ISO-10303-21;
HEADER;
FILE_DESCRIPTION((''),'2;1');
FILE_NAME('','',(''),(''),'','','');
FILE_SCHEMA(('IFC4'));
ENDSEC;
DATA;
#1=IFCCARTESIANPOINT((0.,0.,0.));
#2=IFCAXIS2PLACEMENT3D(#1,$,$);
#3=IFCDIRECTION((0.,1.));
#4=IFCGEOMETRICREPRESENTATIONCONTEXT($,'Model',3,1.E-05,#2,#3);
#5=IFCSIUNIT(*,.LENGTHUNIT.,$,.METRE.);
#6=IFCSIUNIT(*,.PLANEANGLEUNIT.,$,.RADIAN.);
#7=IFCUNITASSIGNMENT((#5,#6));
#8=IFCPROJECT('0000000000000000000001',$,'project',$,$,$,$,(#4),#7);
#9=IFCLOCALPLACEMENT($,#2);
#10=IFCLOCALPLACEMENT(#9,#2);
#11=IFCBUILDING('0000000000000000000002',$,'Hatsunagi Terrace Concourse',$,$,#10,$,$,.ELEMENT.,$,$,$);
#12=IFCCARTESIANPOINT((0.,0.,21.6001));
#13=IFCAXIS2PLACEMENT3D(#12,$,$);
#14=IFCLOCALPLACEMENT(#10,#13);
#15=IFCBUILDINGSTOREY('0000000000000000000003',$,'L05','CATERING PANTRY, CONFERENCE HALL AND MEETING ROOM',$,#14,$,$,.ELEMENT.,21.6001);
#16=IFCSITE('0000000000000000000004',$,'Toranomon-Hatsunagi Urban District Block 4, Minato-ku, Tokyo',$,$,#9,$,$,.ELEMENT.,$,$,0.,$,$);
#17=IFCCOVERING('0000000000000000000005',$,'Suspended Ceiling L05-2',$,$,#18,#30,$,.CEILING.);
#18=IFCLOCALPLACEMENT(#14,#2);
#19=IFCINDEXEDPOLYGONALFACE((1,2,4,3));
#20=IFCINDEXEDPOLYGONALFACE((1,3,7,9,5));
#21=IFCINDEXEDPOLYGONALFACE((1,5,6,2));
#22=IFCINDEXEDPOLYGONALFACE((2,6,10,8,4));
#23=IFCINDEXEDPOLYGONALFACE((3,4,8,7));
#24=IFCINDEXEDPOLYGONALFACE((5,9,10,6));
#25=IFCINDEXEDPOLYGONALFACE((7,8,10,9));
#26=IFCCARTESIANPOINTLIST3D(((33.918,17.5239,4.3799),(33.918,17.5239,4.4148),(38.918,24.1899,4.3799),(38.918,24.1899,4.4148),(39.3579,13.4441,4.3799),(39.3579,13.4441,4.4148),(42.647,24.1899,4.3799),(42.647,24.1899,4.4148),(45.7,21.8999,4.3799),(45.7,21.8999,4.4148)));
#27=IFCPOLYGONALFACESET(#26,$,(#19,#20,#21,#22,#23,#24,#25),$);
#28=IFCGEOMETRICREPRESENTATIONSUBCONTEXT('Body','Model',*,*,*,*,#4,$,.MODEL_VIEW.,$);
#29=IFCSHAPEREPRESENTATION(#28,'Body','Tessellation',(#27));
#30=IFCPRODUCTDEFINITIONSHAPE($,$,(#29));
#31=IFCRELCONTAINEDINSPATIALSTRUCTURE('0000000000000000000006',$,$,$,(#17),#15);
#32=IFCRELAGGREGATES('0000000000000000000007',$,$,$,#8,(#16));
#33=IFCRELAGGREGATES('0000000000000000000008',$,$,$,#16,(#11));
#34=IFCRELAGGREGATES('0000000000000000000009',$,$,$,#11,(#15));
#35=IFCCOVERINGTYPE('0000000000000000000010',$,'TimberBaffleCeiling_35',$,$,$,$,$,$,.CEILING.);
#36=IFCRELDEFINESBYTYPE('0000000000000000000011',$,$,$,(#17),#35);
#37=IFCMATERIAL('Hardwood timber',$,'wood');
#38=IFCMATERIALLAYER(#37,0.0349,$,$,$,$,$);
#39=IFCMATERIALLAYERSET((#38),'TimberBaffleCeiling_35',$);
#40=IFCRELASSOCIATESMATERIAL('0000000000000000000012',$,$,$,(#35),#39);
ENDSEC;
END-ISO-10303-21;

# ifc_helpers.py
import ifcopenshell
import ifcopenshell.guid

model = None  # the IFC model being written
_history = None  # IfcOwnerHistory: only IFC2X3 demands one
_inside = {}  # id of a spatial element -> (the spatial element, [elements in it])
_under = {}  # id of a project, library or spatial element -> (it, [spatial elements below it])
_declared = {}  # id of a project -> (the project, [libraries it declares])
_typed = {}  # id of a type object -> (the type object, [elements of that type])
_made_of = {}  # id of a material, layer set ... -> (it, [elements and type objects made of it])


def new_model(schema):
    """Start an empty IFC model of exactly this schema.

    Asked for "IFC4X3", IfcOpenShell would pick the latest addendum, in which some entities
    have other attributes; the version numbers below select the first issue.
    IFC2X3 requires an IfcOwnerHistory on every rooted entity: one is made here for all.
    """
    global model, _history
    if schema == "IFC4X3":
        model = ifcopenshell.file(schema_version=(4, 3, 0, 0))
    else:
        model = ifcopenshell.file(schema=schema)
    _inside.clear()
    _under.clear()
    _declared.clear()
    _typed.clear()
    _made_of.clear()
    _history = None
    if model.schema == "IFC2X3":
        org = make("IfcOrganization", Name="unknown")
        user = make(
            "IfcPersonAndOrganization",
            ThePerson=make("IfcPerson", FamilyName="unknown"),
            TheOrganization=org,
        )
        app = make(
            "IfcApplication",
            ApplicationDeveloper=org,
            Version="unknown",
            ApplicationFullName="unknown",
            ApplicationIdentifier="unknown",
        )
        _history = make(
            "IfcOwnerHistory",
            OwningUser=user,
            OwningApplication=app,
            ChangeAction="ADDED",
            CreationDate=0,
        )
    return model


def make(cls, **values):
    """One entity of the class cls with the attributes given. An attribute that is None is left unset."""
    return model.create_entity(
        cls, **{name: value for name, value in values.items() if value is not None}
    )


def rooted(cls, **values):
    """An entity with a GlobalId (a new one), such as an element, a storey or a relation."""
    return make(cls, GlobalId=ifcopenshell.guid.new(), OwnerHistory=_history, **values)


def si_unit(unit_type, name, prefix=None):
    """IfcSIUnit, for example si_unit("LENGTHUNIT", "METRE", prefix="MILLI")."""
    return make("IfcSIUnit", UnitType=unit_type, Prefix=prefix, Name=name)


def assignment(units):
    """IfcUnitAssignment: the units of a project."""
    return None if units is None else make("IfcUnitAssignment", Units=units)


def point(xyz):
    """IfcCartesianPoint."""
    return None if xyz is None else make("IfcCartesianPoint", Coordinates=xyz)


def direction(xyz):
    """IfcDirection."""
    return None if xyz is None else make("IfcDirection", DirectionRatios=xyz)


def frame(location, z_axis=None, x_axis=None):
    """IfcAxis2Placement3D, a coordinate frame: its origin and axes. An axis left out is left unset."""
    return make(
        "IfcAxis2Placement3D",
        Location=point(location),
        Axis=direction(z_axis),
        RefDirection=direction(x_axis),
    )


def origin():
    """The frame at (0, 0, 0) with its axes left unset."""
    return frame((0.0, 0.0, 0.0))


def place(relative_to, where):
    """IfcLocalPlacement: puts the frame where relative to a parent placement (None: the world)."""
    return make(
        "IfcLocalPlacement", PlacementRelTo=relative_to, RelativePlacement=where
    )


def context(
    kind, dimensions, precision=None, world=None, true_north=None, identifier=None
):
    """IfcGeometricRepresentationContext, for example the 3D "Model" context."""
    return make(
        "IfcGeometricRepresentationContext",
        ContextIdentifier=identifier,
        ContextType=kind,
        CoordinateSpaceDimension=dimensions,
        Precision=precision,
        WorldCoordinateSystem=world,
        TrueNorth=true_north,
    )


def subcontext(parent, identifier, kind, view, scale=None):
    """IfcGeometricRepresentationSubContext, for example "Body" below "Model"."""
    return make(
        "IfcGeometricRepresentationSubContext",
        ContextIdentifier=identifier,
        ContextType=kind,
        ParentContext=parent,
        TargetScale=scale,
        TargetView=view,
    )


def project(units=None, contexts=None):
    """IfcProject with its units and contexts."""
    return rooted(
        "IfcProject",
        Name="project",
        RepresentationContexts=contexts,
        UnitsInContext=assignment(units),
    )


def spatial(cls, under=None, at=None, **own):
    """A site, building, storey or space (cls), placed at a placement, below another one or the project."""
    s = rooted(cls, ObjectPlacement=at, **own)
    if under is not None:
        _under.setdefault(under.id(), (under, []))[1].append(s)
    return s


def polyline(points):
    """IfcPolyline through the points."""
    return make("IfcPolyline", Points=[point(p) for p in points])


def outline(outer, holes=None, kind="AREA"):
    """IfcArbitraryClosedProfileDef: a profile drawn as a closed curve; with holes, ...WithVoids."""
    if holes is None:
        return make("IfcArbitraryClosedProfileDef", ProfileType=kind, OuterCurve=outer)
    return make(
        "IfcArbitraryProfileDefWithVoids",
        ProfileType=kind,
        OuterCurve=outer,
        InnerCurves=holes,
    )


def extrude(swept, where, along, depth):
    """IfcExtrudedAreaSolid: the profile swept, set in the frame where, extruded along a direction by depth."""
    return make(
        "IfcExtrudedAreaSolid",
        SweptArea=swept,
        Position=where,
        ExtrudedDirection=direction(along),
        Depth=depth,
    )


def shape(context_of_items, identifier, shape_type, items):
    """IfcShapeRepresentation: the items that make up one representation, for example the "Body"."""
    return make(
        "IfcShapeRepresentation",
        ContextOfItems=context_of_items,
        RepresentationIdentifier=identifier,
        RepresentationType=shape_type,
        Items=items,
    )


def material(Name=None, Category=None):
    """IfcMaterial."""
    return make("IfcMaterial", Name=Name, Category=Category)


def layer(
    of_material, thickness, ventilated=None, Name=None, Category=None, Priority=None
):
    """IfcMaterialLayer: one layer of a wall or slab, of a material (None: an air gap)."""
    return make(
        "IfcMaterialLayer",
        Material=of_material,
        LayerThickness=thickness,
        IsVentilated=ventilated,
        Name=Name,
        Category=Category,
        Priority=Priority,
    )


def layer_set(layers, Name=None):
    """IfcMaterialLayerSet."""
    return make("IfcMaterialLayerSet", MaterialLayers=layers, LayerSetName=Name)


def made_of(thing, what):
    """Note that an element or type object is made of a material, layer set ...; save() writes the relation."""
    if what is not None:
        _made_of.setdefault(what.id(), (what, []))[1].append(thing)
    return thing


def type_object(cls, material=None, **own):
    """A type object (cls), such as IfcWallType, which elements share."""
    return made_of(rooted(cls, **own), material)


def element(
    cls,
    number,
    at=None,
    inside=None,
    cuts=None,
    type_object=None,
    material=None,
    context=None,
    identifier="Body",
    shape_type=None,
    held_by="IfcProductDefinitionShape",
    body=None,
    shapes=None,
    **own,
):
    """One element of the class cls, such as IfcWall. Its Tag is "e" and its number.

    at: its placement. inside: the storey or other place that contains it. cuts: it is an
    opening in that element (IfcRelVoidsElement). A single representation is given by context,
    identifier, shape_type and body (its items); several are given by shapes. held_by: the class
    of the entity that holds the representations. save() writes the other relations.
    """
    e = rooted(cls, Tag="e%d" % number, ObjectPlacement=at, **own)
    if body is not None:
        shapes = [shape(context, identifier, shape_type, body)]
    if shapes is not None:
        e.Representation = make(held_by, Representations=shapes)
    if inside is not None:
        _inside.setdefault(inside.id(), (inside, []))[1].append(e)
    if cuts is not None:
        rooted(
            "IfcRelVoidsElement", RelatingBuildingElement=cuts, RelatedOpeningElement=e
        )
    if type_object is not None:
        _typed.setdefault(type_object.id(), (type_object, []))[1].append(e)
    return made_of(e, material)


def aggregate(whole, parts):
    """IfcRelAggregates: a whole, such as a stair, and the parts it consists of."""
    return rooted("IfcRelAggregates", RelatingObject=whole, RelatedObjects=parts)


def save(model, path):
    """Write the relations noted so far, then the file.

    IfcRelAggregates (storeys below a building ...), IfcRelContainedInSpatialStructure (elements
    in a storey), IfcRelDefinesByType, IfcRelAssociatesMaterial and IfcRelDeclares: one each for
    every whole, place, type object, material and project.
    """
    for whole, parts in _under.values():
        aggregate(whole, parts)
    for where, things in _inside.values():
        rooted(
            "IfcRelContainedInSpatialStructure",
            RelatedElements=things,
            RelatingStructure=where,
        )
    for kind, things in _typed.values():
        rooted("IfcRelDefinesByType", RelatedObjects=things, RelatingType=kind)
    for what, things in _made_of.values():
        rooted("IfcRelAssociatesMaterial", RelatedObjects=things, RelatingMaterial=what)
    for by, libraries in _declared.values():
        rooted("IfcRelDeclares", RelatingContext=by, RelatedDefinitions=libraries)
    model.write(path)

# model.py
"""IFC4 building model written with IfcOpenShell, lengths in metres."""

from ifc_helpers import new_model, si_unit, direction, frame, origin, place, context, subcontext, project, spatial, polyline, outline, extrude, material, layer, layer_set, type_object, element, save


model = new_model("IFC4")

# Units and contexts
model_context = context("Model", 3, precision=1e-05, world=origin(), true_north=direction((0.0, 1.0)))
body_context = subcontext(model_context, "Body", "Model", "MODEL_VIEW")
ifc_project = project(units=[si_unit("LENGTHUNIT", "METRE"), si_unit("PLANEANGLEUNIT", "RADIAN")], contexts=[model_context])

# Site, building, storey
site_placement = place(None, origin())
site = spatial("IfcSite", under=ifc_project, at=site_placement, Name="Toranomon-Hatsunagi Urban District Block 4, Minato-ku, Tokyo", CompositionType="ELEMENT", RefElevation=0.0)
building_placement = place(site_placement, origin())
building = spatial("IfcBuilding", under=site, at=building_placement, Name="Hatsunagi Terrace Concourse", CompositionType="ELEMENT")
storey_placement = place(building_placement, frame((0.0, 0.0, 21.6001)))
storey = spatial("IfcBuildingStorey", under=building, at=storey_placement, Name="L05", Description="CATERING PANTRY, CONFERENCE HALL AND MEETING ROOM", CompositionType="ELEMENT", Elevation=21.6001)

# Covering
ifc_material_1 = material(Name="Hardwood timber", Category="wood")
ifc_layer_1 = layer(ifc_material_1, 0.0349)
ifc_layer_set_1 = layer_set([ifc_layer_1], Name="TimberBaffleCeiling_35")
covering_type_1 = type_object("IfcCoveringType", Name="TimberBaffleCeiling_35", PredefinedType="CEILING", material=ifc_layer_set_1)
covering_1_placement = place(storey_placement, frame((0.0, 0.0, 4.3799)))
element("IfcCovering", 1, at=covering_1_placement, inside=storey, type_object=covering_type_1, Name="Suspended Ceiling L05-2", PredefinedType="CEILING", context=body_context, shape_type="SweptSolid", body=[
    extrude(outline(polyline([(33.918, 17.5239), (39.3579, 13.4441), (45.7, 21.8999), (42.647, 24.1899), (38.918, 24.1899), (33.918, 17.5239)])), origin(), (0.0, 0.0, 1.0), 0.0349),
])

save(model, "model.ifc")
